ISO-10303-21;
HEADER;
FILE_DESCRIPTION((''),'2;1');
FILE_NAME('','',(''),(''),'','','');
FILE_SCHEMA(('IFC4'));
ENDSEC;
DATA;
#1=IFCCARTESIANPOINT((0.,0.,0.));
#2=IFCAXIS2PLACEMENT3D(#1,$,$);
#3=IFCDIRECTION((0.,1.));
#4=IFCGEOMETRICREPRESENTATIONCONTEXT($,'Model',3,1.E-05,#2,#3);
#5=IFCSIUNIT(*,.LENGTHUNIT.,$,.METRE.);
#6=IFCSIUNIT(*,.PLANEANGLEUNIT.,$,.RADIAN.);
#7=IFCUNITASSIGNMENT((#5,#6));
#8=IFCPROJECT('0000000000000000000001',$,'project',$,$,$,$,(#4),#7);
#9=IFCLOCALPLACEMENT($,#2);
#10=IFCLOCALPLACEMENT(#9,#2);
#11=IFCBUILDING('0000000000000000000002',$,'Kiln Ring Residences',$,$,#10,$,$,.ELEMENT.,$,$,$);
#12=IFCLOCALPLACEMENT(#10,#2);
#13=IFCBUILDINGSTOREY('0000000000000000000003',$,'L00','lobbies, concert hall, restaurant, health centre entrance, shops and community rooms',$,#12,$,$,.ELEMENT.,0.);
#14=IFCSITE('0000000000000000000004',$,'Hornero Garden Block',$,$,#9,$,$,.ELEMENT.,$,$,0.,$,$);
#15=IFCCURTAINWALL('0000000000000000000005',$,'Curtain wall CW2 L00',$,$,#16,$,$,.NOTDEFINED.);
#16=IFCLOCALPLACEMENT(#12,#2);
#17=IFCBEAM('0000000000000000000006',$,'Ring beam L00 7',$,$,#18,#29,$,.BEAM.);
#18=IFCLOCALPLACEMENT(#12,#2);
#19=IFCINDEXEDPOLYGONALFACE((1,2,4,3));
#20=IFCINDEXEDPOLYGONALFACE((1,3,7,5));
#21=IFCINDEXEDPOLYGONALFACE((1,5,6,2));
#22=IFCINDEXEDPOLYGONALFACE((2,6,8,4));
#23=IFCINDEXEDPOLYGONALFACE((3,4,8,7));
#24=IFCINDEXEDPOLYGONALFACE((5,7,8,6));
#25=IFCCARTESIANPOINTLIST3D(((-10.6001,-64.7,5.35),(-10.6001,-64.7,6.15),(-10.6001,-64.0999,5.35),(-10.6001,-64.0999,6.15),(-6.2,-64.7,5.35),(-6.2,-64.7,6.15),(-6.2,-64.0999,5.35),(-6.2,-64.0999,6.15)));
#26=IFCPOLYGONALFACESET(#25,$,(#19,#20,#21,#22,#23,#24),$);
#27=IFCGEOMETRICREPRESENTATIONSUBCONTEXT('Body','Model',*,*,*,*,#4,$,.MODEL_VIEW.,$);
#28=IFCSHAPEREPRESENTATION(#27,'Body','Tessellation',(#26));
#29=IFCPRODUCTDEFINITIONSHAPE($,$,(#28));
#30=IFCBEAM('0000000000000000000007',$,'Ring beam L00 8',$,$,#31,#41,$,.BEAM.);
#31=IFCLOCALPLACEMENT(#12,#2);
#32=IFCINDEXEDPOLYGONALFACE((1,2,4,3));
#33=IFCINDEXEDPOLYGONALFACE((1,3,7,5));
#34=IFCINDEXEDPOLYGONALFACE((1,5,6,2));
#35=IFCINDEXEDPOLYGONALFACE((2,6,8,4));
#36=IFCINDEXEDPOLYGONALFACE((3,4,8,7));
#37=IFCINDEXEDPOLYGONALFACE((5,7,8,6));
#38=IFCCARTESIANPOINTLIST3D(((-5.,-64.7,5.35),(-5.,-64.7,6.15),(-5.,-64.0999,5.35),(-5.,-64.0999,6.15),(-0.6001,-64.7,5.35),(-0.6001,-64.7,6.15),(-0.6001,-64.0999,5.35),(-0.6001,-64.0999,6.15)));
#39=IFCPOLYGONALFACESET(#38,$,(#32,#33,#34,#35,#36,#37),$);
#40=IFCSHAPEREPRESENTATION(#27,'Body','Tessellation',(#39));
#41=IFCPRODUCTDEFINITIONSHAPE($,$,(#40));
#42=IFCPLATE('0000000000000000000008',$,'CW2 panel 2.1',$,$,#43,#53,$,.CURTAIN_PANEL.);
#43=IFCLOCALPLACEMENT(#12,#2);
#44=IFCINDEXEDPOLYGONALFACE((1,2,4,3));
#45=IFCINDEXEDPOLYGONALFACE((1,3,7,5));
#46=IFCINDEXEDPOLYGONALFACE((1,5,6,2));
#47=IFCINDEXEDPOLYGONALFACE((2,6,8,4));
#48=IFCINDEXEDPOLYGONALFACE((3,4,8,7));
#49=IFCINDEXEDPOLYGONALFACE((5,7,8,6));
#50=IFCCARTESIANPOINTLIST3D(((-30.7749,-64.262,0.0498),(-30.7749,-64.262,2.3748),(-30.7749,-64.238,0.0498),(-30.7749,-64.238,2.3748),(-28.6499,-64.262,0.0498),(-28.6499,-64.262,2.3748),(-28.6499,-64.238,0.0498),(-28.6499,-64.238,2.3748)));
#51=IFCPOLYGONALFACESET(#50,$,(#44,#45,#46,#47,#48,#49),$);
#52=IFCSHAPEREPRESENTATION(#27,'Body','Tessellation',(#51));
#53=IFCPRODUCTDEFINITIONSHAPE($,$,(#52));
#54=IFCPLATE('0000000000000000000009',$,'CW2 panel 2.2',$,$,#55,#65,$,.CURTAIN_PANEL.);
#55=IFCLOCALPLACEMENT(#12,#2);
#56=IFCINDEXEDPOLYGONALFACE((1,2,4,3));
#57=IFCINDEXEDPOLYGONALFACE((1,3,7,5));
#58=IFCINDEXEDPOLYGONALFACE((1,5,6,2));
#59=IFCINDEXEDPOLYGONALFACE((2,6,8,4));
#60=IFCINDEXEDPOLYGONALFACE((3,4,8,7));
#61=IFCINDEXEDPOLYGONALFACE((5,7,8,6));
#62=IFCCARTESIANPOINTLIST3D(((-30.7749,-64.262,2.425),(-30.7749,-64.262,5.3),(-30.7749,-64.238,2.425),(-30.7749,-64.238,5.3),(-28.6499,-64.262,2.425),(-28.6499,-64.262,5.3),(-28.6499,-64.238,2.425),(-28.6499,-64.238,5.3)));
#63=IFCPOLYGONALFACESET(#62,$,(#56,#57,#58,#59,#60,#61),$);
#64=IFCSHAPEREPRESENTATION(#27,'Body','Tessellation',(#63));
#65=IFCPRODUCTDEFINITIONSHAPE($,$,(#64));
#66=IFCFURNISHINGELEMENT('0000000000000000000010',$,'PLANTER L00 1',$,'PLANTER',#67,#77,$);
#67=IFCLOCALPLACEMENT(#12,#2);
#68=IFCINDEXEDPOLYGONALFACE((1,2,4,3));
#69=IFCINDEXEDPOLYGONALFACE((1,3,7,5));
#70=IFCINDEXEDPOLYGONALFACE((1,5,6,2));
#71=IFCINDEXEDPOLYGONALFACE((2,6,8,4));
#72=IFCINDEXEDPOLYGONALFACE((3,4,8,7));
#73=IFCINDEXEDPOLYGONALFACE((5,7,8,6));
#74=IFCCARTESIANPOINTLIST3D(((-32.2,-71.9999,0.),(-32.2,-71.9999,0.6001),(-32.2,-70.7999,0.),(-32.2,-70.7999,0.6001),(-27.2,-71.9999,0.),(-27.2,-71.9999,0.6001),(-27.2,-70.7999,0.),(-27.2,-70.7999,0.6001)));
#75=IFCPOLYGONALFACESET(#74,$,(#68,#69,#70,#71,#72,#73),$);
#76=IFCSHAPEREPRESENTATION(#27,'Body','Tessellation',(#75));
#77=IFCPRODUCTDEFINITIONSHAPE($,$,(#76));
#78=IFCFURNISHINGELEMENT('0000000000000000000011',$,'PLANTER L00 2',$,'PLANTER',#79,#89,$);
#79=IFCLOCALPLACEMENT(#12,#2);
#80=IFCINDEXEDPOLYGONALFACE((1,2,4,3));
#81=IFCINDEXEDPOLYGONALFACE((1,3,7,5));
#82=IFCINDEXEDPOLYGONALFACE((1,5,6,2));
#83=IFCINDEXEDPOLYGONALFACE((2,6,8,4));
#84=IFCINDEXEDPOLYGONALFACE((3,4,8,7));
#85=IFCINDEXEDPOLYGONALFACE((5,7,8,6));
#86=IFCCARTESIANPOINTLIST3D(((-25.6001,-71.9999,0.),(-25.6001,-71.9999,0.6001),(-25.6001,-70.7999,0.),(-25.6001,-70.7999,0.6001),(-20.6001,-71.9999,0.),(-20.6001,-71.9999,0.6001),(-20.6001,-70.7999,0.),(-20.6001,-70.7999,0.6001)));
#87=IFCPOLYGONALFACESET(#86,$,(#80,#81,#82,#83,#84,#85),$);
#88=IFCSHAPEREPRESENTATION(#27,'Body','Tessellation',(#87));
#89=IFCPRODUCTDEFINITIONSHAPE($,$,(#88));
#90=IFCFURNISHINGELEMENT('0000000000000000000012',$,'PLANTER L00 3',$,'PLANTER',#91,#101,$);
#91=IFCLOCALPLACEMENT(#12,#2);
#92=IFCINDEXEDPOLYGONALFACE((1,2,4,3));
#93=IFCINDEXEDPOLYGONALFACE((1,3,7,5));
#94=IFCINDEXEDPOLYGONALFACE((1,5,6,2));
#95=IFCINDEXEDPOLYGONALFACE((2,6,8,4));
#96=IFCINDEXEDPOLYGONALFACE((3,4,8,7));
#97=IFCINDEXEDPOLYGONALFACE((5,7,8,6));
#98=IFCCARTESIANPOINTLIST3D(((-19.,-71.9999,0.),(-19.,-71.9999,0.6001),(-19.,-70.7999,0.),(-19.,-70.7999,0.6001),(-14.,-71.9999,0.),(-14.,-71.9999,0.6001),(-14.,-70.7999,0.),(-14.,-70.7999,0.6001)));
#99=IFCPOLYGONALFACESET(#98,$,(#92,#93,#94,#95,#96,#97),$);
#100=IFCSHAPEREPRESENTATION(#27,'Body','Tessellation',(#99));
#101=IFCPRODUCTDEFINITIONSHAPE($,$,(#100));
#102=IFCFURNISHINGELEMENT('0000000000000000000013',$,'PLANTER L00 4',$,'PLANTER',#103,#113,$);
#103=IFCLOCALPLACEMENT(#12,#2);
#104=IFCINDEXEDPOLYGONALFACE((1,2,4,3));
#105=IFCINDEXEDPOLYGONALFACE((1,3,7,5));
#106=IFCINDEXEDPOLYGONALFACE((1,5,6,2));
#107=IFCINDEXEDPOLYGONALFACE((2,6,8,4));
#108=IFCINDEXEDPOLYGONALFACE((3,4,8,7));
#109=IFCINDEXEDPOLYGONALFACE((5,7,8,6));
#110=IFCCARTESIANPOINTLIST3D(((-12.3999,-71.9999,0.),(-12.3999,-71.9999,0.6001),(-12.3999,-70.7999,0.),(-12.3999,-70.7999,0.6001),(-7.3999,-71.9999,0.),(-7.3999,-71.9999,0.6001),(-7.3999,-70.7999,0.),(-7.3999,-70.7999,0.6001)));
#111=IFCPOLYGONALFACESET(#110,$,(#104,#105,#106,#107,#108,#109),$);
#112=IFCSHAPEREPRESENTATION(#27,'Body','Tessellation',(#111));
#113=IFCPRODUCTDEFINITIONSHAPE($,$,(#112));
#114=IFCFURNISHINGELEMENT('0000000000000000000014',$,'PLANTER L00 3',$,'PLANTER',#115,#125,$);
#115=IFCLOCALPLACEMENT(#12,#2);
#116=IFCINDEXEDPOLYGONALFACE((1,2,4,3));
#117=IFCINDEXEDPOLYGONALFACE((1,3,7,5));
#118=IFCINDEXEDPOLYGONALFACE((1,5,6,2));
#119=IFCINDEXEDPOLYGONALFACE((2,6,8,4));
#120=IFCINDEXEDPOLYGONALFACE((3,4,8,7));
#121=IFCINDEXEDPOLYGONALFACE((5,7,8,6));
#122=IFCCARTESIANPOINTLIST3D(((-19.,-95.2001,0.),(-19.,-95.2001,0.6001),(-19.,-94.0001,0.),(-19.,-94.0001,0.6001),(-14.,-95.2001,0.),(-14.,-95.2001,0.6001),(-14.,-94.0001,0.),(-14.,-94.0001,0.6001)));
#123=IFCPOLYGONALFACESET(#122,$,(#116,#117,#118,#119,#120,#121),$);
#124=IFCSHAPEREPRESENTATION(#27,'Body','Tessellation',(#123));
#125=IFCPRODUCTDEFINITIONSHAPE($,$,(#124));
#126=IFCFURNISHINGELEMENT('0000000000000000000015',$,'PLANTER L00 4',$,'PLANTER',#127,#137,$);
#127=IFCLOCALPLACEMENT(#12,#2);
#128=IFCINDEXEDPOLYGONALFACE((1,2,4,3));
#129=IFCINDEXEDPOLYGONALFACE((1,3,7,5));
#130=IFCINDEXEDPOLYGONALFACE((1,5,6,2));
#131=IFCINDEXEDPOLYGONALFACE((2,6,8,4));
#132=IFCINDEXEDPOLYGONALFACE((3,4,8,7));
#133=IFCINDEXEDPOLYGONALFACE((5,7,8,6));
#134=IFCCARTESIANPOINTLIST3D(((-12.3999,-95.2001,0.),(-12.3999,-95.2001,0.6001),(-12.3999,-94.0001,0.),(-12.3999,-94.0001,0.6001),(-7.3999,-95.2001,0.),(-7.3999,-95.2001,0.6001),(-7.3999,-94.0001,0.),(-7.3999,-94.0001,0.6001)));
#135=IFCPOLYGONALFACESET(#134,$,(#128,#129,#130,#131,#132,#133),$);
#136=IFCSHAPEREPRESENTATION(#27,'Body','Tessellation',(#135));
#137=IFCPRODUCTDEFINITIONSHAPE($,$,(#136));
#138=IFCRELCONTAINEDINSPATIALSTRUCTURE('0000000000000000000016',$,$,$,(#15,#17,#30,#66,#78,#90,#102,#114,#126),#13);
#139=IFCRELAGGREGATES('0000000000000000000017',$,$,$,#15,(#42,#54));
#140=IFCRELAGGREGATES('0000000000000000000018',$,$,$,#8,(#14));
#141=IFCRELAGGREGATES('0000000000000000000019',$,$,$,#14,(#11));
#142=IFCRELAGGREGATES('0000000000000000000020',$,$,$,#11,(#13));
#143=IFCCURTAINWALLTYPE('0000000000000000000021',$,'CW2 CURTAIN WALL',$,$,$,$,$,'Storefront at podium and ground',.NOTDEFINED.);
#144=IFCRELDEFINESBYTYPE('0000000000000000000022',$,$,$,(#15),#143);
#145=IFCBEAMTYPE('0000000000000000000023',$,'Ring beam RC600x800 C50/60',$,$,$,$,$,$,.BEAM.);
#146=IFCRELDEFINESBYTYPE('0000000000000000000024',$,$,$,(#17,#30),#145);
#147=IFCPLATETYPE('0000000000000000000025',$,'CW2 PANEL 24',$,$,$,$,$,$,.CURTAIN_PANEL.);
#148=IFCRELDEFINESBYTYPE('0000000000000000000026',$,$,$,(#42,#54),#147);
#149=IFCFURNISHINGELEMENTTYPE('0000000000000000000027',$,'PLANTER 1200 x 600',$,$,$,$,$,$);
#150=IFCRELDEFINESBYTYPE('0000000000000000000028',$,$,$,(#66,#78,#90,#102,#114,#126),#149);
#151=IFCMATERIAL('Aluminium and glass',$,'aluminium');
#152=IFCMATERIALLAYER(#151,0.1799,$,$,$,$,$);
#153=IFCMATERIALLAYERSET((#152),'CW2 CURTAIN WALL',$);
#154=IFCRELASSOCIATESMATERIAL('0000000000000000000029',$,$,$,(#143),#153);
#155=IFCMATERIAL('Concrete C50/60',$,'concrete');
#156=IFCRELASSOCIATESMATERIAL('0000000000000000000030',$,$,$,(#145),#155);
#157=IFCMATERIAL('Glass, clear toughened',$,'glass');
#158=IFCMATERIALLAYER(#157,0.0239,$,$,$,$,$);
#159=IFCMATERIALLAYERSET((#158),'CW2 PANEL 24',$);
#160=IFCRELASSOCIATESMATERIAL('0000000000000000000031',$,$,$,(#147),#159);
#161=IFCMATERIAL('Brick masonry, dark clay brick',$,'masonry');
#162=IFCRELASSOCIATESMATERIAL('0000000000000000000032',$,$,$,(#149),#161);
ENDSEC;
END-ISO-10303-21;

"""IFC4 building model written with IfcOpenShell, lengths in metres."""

from ifc_helpers import new_model, si_unit, direction, frame, origin, origin_2d, place, context, subcontext, project, spatial, rectangle, extrude, material, layer, layer_set, material_profile, profile_set, type_object, element, aggregate, save


model = new_model("IFC4")

# Units and contexts
model_context = context("Model", 3, precision=1e-05, world=origin(), true_north=direction((0.0, 1.0)))
body_context = subcontext(model_context, "Body", "Model", "MODEL_VIEW")
ifc_project = project(units=[si_unit("LENGTHUNIT", "METRE"), si_unit("PLANEANGLEUNIT", "RADIAN")], contexts=[model_context])

# Site, building, storey
site_placement = place(None, origin())
site = spatial("IfcSite", under=ifc_project, at=site_placement, Name="Hornero Garden Block", CompositionType="ELEMENT", RefElevation=0.0)
building_placement = place(site_placement, origin())
building = spatial("IfcBuilding", under=site, at=building_placement, Name="Kiln Ring Residences", CompositionType="ELEMENT")
storey_placement = place(building_placement, origin())
storey = spatial("IfcBuildingStorey", under=building, at=storey_placement, Name="L00", Description="lobbies, concert hall, restaurant, health centre entrance, shops and community rooms", CompositionType="ELEMENT", Elevation=0.0)

# Curtain wall
ifc_material_1 = material(Name="Aluminium and glass", Category="aluminium")
ifc_layer_1 = layer(ifc_material_1, 0.1799)
ifc_layer_set_1 = layer_set([ifc_layer_1], Name="CW2 CURTAIN WALL")
curtain_wall_type = type_object("IfcCurtainWallType", Name="CW2 CURTAIN WALL", ElementType="Storefront at podium and ground", PredefinedType="NOTDEFINED", material=ifc_layer_set_1)
placement = place(storey_placement, origin())
curtain_wall_1 = element("IfcCurtainWall", 1, at=placement, inside=storey, type_object=curtain_wall_type, Name="Curtain wall CW2 L00", PredefinedType="NOTDEFINED")

# Beams
ifc_material_2 = material(Name="Concrete C50/60", Category="concrete")
ifc_material_profile_1 = material_profile(ifc_material_2, rectangle(XDim=0.6001, YDim=0.8, at=origin_2d()), Name="RC600x800")
ifc_profile_set_1 = profile_set([ifc_material_profile_1], Name="Concrete C50/60")
beam_type = type_object("IfcBeamType", Name="Ring beam RC600x800 C50/60", PredefinedType="BEAM", material=ifc_profile_set_1)
beam_1_placement = place(storey_placement, frame((-10.6001, -64.3999, 5.75), z_axis=(1.0, 0.0, 0.0), x_axis=(0.0, 1.0, 0.0)))
element("IfcBeam", 2, at=beam_1_placement, inside=storey, type_object=beam_type, Name="Ring beam L00 7", PredefinedType="BEAM", context=body_context, shape_type="SweptSolid", body=[
    extrude(rectangle(XDim=0.6001, YDim=0.8, at=origin_2d()), origin(), (0.0, 0.0, 1.0), 4.4001),
])
beam_2_placement = place(storey_placement, frame((-5.0, -64.3999, 5.75), z_axis=(1.0, 0.0, 0.0), x_axis=(0.0, 1.0, 0.0)))
element("IfcBeam", 3, at=beam_2_placement, inside=storey, type_object=beam_type, Name="Ring beam L00 8", PredefinedType="BEAM", context=body_context, shape_type="SweptSolid", body=[
    extrude(rectangle(XDim=0.6001, YDim=0.8, at=origin_2d()), origin(), (0.0, 0.0, 1.0), 4.3999),
])

# Plates
ifc_material_3 = material(Name="Glass, clear toughened", Category="glass")
ifc_layer_2 = layer(ifc_material_3, 0.0239)
ifc_layer_set_2 = layer_set([ifc_layer_2], Name="CW2 PANEL 24")
plate_type = type_object("IfcPlateType", Name="CW2 PANEL 24", PredefinedType="CURTAIN_PANEL", material=ifc_layer_set_2)
plate_1_placement = place(storey_placement, frame((-29.7124, -64.25, 0.0498), z_axis=(0.0, 0.0, 1.0), x_axis=(1.0, 0.0, 0.0)))
plate_1 = element("IfcPlate", 4, at=plate_1_placement, type_object=plate_type, Name="CW2 panel 2.1", PredefinedType="CURTAIN_PANEL", context=body_context, shape_type="SweptSolid", body=[
    extrude(rectangle(XDim=2.125, YDim=0.0239, at=origin_2d()), origin(), (0.0, 0.0, 1.0), 2.325),
])
plate_2_placement = place(storey_placement, frame((-29.7124, -64.25, 2.425), z_axis=(0.0, 0.0, 1.0), x_axis=(1.0, 0.0, 0.0)))
plate_2 = element("IfcPlate", 5, at=plate_2_placement, type_object=plate_type, Name="CW2 panel 2.2", PredefinedType="CURTAIN_PANEL", context=body_context, shape_type="SweptSolid", body=[
    extrude(rectangle(XDim=2.125, YDim=0.0239, at=origin_2d()), origin(), (0.0, 0.0, 1.0), 2.875),
])
aggregate(curtain_wall_1, [plate_1, plate_2])

# Furnishing elements
ifc_material_4 = material(Name="Brick masonry, dark clay brick", Category="masonry")
furnishing_element_type = type_object("IfcFurnishingElementType", Name="PLANTER 1200 x 600", material=ifc_material_4)
for number, where, z_axis, x_axis, name in (
    (6, (-29.7, -71.3999, 0.0), (0.0, 0.0, 1.0), (1.0, 0.0, 0.0), "PLANTER L00 1"),
    (7, (-23.1001, -71.3999, 0.0), (0.0, 0.0, 1.0), (1.0, 0.0, 0.0), "PLANTER L00 2"),
    (8, (-16.5, -71.3999, 0.0), (0.0, 0.0, 1.0), (1.0, 0.0, 0.0), "PLANTER L00 3"),
    (9, (-9.8999, -71.3999, 0.0), (0.0, 0.0, 1.0), (1.0, 0.0, 0.0), "PLANTER L00 4"),
    (10, (-16.5, -94.6001, 0.0), (0.0, 0.0, 1.0), (1.0, 0.0, 0.0), "PLANTER L00 3"),
    (11, (-9.8999, -94.6001, 0.0), (0.0, 0.0, 1.0), (1.0, 0.0, 0.0), "PLANTER L00 4"),
):
    element("IfcFurnishingElement", number, at=place(storey_placement, frame(where, z_axis=z_axis, x_axis=x_axis)), inside=storey, type_object=furnishing_element_type, Name=name, ObjectType="PLANTER", context=body_context, shape_type="SweptSolid", body=[
        extrude(rectangle(XDim=5.0, YDim=1.2, at=origin_2d()), origin(), (0.0, 0.0, 1.0), 0.6001),
    ])

save(model, "model.ifc")
